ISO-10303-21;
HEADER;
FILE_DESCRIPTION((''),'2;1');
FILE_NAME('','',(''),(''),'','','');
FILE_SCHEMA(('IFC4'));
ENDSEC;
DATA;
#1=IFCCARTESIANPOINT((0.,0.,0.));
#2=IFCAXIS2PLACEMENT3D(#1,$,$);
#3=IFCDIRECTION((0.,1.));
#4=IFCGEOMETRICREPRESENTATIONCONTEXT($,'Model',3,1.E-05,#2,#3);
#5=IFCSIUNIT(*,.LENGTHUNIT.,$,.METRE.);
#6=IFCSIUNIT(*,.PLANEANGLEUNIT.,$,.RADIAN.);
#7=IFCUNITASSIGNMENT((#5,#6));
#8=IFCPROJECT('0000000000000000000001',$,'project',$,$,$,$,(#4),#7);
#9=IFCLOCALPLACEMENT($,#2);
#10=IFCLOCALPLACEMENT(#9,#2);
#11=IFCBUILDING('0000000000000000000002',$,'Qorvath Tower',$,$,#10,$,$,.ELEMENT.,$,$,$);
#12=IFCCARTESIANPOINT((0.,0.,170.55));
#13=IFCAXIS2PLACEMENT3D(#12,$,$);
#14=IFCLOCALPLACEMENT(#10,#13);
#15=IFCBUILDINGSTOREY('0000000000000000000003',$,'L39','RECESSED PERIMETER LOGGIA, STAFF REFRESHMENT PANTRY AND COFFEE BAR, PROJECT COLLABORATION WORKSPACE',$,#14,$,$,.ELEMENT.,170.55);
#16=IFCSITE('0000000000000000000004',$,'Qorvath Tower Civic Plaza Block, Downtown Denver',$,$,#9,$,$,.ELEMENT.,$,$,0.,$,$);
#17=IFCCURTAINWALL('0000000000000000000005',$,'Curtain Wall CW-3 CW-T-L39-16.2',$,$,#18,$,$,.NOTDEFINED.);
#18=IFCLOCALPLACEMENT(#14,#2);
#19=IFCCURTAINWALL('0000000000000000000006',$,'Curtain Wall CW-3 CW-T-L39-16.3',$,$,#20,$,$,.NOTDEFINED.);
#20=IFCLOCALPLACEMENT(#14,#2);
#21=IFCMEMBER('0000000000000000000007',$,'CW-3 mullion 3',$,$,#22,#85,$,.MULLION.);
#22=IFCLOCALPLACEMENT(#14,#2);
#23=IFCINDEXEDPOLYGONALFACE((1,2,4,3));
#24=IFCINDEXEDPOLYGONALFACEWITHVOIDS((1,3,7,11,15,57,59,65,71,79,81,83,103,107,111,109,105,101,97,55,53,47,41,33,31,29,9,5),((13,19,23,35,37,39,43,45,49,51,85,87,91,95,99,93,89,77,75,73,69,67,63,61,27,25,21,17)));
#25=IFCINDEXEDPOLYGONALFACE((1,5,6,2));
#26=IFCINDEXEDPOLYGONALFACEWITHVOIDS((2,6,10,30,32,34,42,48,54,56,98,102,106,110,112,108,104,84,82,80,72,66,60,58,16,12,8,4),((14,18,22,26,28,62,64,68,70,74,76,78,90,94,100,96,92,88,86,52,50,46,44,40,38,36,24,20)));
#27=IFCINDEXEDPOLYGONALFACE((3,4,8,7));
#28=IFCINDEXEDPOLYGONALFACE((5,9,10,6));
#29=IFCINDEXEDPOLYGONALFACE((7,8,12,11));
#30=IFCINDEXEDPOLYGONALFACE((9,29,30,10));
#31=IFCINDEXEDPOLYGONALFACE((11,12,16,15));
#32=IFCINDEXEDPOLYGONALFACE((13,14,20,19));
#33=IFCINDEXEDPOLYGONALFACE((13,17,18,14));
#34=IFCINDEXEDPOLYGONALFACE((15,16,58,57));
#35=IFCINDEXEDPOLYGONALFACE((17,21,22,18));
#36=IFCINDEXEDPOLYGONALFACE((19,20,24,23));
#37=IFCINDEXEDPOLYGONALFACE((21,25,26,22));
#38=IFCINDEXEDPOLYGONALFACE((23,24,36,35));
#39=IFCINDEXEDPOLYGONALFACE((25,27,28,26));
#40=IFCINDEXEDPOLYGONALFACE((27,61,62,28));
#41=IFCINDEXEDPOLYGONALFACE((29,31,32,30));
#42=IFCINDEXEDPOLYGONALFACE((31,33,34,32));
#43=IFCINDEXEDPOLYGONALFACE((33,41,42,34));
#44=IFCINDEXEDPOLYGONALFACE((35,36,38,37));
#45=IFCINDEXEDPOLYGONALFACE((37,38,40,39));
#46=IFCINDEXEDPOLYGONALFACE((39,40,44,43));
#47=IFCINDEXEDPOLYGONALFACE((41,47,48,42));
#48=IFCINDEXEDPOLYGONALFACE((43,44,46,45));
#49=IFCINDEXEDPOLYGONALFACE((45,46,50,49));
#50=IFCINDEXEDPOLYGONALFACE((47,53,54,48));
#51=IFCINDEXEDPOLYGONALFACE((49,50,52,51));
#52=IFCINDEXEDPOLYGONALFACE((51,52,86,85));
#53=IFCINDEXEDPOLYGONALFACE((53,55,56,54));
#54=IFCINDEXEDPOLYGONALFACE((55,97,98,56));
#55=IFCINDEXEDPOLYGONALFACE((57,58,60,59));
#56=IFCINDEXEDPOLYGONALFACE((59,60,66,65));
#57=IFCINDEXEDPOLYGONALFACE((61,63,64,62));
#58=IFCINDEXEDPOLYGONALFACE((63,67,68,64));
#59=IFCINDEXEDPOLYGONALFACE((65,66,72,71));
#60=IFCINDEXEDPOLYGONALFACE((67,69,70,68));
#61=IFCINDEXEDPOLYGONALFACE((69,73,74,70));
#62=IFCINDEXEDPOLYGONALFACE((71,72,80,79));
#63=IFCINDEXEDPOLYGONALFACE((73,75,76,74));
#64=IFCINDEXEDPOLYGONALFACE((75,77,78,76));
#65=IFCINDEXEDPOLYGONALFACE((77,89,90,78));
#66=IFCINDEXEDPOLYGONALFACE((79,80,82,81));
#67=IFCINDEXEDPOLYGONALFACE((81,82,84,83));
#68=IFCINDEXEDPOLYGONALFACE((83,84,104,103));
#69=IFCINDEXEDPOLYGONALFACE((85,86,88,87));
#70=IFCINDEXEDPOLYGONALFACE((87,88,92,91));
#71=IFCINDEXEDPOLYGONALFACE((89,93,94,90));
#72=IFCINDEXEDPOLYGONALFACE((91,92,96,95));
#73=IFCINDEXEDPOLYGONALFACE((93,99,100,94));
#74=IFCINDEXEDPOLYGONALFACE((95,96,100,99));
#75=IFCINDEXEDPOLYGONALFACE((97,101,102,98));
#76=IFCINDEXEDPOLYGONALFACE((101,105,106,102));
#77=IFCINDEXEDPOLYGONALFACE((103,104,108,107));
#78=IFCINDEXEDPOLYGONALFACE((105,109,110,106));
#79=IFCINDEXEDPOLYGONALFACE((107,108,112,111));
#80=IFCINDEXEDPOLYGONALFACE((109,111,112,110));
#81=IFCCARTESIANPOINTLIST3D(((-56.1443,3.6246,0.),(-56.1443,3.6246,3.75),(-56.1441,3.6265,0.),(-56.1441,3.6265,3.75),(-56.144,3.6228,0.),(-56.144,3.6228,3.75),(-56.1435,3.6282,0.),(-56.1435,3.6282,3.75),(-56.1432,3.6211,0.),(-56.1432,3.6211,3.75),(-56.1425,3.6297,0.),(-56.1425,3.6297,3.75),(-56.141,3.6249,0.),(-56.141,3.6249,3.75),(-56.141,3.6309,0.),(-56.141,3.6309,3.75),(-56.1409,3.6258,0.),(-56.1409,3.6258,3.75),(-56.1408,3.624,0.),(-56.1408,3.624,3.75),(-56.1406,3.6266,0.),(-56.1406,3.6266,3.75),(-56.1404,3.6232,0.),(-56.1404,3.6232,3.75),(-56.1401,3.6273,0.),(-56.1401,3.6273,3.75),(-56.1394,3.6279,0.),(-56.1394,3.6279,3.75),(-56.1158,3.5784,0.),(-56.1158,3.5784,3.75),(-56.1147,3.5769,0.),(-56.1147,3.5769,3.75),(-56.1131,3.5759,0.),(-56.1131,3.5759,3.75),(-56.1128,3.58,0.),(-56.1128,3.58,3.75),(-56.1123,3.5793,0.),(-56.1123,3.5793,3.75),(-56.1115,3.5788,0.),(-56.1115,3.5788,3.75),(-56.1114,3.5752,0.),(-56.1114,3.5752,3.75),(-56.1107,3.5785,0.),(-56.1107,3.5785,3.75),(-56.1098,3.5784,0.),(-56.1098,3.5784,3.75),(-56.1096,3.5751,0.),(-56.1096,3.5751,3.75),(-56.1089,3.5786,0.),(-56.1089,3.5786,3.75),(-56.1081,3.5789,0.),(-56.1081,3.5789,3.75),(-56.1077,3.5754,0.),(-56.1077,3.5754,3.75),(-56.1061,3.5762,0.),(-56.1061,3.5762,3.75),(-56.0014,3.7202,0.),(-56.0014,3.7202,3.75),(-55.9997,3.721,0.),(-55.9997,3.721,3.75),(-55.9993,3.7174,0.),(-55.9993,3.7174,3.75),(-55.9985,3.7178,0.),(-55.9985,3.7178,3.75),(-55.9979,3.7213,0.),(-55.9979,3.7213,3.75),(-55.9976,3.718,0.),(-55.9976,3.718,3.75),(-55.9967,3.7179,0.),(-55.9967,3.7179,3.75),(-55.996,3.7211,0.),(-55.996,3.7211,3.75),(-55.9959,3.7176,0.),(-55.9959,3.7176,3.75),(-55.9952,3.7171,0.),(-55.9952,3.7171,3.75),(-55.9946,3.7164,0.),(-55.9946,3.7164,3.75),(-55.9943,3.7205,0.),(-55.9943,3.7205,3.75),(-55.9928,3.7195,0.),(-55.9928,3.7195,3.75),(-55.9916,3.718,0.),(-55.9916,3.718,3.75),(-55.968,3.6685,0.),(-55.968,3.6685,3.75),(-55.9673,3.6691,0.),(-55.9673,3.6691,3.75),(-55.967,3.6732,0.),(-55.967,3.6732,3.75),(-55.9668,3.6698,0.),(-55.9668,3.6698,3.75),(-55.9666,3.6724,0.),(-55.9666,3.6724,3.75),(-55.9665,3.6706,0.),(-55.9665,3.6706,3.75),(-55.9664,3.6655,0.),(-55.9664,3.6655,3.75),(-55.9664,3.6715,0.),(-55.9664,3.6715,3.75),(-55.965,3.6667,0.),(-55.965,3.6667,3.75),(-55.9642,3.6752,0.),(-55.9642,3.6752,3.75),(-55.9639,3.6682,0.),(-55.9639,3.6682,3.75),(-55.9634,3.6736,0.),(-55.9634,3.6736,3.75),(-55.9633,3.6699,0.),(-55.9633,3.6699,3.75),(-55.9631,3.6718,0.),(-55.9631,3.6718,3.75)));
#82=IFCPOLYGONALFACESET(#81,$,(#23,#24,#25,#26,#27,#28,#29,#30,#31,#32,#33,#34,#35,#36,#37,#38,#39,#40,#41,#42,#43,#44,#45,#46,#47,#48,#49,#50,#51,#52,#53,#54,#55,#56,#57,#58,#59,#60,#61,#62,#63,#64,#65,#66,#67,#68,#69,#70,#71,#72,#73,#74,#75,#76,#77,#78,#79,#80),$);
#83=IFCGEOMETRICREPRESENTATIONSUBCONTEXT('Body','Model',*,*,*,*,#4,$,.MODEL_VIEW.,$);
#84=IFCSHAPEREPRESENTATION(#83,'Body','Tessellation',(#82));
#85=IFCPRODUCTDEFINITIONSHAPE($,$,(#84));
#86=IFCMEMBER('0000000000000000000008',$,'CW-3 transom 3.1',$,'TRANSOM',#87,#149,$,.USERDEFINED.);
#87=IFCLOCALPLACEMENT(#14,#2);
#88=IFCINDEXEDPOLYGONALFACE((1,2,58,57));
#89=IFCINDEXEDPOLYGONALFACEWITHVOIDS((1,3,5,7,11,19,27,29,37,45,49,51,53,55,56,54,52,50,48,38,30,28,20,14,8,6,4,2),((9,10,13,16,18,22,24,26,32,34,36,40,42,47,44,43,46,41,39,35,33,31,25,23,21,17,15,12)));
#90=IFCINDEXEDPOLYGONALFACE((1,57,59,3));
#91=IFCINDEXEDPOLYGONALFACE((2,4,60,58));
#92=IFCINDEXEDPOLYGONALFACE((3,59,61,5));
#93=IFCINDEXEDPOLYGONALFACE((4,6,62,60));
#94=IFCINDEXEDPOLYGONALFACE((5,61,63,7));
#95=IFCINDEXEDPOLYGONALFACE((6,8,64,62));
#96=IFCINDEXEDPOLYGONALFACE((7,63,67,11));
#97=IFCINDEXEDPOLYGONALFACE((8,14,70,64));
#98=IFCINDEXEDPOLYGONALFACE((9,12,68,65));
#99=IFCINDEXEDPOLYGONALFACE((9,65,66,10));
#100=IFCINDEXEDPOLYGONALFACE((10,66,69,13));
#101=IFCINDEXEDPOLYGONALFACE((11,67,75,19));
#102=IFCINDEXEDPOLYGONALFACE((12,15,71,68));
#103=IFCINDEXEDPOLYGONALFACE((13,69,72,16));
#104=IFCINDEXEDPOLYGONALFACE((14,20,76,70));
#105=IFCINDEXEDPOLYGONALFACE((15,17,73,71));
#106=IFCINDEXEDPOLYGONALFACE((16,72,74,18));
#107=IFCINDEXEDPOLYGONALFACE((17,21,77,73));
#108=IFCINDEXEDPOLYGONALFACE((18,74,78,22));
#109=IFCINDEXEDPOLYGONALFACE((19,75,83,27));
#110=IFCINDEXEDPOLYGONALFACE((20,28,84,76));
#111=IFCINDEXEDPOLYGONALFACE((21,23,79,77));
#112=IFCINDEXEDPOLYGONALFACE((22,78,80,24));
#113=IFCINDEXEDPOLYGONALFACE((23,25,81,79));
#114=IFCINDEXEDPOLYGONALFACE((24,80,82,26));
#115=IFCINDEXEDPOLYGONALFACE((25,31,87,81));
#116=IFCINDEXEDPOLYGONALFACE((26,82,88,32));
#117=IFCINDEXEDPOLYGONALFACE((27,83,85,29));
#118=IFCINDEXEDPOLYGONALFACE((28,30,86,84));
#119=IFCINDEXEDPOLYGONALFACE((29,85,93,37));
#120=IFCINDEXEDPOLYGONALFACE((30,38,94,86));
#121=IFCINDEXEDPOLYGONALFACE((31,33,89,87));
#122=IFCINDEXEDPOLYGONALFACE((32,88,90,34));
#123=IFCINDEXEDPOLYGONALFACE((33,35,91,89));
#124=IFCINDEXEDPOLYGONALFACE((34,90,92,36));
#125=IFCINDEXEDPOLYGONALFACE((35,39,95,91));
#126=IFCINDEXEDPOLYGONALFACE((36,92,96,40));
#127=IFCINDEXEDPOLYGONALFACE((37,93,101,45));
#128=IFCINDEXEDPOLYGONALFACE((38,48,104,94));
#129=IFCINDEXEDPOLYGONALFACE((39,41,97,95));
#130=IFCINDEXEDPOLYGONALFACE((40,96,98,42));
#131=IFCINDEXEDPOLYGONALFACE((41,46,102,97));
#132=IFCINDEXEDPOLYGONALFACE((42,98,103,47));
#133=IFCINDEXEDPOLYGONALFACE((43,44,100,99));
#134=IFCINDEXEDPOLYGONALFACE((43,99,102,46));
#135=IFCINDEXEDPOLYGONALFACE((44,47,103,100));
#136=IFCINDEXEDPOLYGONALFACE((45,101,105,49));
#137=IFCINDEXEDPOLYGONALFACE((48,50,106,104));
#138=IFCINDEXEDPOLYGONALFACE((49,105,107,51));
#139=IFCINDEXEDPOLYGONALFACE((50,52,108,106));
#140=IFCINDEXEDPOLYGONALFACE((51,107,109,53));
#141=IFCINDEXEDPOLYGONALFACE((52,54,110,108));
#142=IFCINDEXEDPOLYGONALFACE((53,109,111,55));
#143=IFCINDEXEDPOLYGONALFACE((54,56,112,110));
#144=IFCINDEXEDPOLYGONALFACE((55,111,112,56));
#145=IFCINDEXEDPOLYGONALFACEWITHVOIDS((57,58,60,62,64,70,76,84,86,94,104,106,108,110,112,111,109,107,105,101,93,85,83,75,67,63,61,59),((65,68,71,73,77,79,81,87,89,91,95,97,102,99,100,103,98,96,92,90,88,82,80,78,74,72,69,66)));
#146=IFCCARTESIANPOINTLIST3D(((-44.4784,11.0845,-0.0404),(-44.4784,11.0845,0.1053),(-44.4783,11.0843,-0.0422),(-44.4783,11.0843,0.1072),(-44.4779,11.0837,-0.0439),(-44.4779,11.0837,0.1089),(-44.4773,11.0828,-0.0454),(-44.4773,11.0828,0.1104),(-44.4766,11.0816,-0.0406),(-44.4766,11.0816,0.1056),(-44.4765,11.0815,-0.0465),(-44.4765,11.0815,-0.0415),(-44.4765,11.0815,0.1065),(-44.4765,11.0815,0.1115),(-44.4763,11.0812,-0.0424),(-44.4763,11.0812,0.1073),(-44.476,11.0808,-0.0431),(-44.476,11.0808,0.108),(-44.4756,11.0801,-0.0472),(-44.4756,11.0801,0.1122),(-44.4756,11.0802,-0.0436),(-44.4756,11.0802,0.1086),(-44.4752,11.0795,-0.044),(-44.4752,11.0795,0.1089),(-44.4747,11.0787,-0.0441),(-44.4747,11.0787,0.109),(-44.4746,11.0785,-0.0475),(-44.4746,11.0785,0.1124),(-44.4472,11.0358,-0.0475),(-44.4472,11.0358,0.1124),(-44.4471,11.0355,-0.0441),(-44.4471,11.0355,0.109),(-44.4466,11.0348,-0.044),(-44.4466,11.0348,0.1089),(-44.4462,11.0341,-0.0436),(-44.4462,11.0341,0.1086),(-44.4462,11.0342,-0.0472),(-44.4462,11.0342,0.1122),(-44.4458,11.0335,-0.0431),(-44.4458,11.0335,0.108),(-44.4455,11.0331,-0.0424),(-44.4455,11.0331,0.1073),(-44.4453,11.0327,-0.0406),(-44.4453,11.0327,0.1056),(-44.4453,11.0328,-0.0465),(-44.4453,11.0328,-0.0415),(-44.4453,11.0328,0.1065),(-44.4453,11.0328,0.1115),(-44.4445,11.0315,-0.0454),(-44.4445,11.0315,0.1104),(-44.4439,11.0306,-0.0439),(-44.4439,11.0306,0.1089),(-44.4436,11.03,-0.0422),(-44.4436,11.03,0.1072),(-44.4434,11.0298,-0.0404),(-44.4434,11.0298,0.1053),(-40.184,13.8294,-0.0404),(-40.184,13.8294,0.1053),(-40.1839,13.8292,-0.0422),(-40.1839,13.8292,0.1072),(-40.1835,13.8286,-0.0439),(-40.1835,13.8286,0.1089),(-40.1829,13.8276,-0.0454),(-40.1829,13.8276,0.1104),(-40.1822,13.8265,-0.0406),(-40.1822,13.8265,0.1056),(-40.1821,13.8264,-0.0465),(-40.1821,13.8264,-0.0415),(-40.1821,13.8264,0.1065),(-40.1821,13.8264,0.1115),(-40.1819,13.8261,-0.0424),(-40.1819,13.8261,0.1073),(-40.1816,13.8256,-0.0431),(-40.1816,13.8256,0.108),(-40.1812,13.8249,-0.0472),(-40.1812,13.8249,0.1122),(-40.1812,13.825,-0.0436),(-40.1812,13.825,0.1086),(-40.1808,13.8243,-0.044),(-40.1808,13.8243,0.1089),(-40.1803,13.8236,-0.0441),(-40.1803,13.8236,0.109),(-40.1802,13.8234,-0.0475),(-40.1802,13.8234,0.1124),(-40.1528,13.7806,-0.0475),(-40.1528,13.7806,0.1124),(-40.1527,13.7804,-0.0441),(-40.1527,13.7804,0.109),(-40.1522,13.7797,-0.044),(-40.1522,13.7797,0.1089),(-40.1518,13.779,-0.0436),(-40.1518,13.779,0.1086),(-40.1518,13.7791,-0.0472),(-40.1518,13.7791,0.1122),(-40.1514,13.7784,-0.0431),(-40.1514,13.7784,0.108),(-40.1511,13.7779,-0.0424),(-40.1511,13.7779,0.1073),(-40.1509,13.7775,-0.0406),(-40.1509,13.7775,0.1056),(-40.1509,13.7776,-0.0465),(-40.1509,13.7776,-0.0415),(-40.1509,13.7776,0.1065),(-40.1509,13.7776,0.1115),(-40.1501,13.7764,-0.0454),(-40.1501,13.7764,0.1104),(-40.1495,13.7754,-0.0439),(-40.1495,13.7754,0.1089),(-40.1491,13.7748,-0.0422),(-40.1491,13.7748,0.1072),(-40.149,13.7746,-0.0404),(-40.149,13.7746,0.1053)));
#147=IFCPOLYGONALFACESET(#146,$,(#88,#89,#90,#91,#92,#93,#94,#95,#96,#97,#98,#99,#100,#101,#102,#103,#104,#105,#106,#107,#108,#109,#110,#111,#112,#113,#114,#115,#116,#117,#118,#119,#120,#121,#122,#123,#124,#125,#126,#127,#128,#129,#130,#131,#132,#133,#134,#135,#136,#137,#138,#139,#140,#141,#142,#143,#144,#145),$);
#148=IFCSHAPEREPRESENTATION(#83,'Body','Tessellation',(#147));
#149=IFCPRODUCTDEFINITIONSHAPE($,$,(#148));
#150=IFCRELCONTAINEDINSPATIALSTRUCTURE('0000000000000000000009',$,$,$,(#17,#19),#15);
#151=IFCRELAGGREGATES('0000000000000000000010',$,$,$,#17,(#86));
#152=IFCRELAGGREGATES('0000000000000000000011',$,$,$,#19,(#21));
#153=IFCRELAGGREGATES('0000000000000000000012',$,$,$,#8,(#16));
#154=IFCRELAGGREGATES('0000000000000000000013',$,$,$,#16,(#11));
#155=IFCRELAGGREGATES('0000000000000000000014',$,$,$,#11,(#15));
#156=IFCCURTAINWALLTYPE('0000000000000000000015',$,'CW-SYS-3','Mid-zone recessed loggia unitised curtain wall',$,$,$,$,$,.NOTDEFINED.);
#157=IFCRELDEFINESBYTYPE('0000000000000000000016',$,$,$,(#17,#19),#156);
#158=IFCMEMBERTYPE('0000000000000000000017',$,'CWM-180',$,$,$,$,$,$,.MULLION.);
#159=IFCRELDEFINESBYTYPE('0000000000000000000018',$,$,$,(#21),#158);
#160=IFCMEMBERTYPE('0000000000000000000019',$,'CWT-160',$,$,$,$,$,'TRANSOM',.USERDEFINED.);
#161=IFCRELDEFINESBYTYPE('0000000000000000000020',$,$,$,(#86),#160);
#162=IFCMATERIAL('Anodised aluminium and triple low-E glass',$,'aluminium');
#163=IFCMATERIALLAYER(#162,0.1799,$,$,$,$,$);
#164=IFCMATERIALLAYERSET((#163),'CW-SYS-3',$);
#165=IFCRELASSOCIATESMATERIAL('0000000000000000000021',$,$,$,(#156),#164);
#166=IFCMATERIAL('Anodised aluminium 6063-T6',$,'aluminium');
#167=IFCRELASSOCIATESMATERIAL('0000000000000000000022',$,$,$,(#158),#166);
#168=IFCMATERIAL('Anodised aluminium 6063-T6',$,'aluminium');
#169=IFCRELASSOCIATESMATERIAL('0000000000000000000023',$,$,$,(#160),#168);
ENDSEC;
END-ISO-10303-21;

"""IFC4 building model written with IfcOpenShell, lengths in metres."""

from ifc_helpers import new_model, si_unit, direction, frame, origin, origin_2d, place, context, subcontext, project, spatial, hollow_rectangle, extrude, material, layer, layer_set, material_profile, profile_set, type_object, element, aggregate, save


model = new_model("IFC4")

# Units and contexts
model_context = context("Model", 3, precision=1e-05, world=origin(), true_north=direction((0.0, 1.0)))
body_context = subcontext(model_context, "Body", "Model", "MODEL_VIEW")
ifc_project = project(units=[si_unit("LENGTHUNIT", "METRE"), si_unit("PLANEANGLEUNIT", "RADIAN")], contexts=[model_context])

# Site, building, storey
site_placement = place(None, origin())
site = spatial("IfcSite", under=ifc_project, at=site_placement, Name="Qorvath Tower Civic Plaza Block, Downtown Denver", CompositionType="ELEMENT", RefElevation=0.0)
building_placement = place(site_placement, origin())
building = spatial("IfcBuilding", under=site, at=building_placement, Name="Qorvath Tower", CompositionType="ELEMENT")
storey_placement = place(building_placement, frame((0.0, 0.0, 170.55)))
storey = spatial("IfcBuildingStorey", under=building, at=storey_placement, Name="L39", Description="RECESSED PERIMETER LOGGIA, STAFF REFRESHMENT PANTRY AND COFFEE BAR, PROJECT COLLABORATION WORKSPACE", CompositionType="ELEMENT", Elevation=170.55)

# Curtain walls, member
ifc_material_1 = material(Name="Anodised aluminium and triple low-E glass", Category="aluminium")
ifc_layer_1 = layer(ifc_material_1, 0.1799)
ifc_layer_set_1 = layer_set([ifc_layer_1], Name="CW-SYS-3")
curtain_wall_type = type_object("IfcCurtainWallType", Name="CW-SYS-3", Description="Mid-zone recessed loggia unitised curtain wall", PredefinedType="NOTDEFINED", material=ifc_layer_set_1)
curtain_wall_1_placement = place(storey_placement, origin())
curtain_wall_1 = element("IfcCurtainWall", 1, at=curtain_wall_1_placement, inside=storey, type_object=curtain_wall_type, Name="Curtain Wall CW-3 CW-T-L39-16.2", PredefinedType="NOTDEFINED")
ifc_material_2 = material(Name="Anodised aluminium 6063-T6", Category="aluminium")
ifc_material_profile_1 = material_profile(ifc_material_2, hollow_rectangle(XDim=0.0649, YDim=0.1799, WallThickness=0.0034, InnerFilletRadius=0.0034, OuterFilletRadius=0.0071, at=origin_2d()), Name="CWM 180x65")
ifc_profile_set_1 = profile_set([ifc_material_profile_1], Name="Anodised aluminium 6063-T6")
member_type_1 = type_object("IfcMemberType", Name="CWM-180", PredefinedType="MULLION", material=ifc_profile_set_1)
curtain_wall_2_placement = place(storey_placement, origin())
curtain_wall_2 = element("IfcCurtainWall", 2, at=curtain_wall_2_placement, inside=storey, type_object=curtain_wall_type, Name="Curtain Wall CW-3 CW-T-L39-16.3", PredefinedType="NOTDEFINED")
member_1_placement = place(storey_placement, frame((-56.0537, 3.6482, 0.0), z_axis=(0.0, 0.0, 1.0), x_axis=(0.538523, -0.842611, 0.0)))
member_1 = element("IfcMember", 3, at=member_1_placement, type_object=member_type_1, Name="CW-3 mullion 3", PredefinedType="MULLION", context=body_context, shape_type="SweptSolid", body=[
    extrude(hollow_rectangle(XDim=0.0649, YDim=0.1799, WallThickness=0.0034, InnerFilletRadius=0.0034, OuterFilletRadius=0.0071, at=origin_2d()), origin(), (0.0, 0.0, 1.0), 3.75),
])

# Member
ifc_material_3 = material(Name="Anodised aluminium 6063-T6", Category="aluminium")
ifc_material_profile_2 = material_profile(ifc_material_3, hollow_rectangle(XDim=0.0649, YDim=0.1599, WallThickness=0.0034, InnerFilletRadius=0.0034, OuterFilletRadius=0.0071, at=origin_2d()), Name="CWT 160x65")
ifc_profile_set_2 = profile_set([ifc_material_profile_2], Name="Anodised aluminium 6063-T6")
member_type_2 = type_object("IfcMemberType", Name="CWT-160", ElementType="TRANSOM", PredefinedType="USERDEFINED", material=ifc_profile_set_2)
member_2_placement = place(storey_placement, frame((-40.1665, 13.802, 0.0325), z_axis=(-0.842589, -0.538557, 0.0), x_axis=(0.538557, -0.842589, 0.0)))
member_2 = element("IfcMember", 4, at=member_2_placement, type_object=member_type_2, Name="CW-3 transom 3.1", ObjectType="TRANSOM", PredefinedType="USERDEFINED", context=body_context, shape_type="SweptSolid", body=[
    extrude(hollow_rectangle(XDim=0.0649, YDim=0.1599, WallThickness=0.0034, InnerFilletRadius=0.0034, OuterFilletRadius=0.0071, at=origin_2d()), origin(), (0.0, 0.0, 1.0), 5.0967),
])

aggregate(curtain_wall_1, [member_2])
aggregate(curtain_wall_2, [member_1])

save(model, "model.ifc")
